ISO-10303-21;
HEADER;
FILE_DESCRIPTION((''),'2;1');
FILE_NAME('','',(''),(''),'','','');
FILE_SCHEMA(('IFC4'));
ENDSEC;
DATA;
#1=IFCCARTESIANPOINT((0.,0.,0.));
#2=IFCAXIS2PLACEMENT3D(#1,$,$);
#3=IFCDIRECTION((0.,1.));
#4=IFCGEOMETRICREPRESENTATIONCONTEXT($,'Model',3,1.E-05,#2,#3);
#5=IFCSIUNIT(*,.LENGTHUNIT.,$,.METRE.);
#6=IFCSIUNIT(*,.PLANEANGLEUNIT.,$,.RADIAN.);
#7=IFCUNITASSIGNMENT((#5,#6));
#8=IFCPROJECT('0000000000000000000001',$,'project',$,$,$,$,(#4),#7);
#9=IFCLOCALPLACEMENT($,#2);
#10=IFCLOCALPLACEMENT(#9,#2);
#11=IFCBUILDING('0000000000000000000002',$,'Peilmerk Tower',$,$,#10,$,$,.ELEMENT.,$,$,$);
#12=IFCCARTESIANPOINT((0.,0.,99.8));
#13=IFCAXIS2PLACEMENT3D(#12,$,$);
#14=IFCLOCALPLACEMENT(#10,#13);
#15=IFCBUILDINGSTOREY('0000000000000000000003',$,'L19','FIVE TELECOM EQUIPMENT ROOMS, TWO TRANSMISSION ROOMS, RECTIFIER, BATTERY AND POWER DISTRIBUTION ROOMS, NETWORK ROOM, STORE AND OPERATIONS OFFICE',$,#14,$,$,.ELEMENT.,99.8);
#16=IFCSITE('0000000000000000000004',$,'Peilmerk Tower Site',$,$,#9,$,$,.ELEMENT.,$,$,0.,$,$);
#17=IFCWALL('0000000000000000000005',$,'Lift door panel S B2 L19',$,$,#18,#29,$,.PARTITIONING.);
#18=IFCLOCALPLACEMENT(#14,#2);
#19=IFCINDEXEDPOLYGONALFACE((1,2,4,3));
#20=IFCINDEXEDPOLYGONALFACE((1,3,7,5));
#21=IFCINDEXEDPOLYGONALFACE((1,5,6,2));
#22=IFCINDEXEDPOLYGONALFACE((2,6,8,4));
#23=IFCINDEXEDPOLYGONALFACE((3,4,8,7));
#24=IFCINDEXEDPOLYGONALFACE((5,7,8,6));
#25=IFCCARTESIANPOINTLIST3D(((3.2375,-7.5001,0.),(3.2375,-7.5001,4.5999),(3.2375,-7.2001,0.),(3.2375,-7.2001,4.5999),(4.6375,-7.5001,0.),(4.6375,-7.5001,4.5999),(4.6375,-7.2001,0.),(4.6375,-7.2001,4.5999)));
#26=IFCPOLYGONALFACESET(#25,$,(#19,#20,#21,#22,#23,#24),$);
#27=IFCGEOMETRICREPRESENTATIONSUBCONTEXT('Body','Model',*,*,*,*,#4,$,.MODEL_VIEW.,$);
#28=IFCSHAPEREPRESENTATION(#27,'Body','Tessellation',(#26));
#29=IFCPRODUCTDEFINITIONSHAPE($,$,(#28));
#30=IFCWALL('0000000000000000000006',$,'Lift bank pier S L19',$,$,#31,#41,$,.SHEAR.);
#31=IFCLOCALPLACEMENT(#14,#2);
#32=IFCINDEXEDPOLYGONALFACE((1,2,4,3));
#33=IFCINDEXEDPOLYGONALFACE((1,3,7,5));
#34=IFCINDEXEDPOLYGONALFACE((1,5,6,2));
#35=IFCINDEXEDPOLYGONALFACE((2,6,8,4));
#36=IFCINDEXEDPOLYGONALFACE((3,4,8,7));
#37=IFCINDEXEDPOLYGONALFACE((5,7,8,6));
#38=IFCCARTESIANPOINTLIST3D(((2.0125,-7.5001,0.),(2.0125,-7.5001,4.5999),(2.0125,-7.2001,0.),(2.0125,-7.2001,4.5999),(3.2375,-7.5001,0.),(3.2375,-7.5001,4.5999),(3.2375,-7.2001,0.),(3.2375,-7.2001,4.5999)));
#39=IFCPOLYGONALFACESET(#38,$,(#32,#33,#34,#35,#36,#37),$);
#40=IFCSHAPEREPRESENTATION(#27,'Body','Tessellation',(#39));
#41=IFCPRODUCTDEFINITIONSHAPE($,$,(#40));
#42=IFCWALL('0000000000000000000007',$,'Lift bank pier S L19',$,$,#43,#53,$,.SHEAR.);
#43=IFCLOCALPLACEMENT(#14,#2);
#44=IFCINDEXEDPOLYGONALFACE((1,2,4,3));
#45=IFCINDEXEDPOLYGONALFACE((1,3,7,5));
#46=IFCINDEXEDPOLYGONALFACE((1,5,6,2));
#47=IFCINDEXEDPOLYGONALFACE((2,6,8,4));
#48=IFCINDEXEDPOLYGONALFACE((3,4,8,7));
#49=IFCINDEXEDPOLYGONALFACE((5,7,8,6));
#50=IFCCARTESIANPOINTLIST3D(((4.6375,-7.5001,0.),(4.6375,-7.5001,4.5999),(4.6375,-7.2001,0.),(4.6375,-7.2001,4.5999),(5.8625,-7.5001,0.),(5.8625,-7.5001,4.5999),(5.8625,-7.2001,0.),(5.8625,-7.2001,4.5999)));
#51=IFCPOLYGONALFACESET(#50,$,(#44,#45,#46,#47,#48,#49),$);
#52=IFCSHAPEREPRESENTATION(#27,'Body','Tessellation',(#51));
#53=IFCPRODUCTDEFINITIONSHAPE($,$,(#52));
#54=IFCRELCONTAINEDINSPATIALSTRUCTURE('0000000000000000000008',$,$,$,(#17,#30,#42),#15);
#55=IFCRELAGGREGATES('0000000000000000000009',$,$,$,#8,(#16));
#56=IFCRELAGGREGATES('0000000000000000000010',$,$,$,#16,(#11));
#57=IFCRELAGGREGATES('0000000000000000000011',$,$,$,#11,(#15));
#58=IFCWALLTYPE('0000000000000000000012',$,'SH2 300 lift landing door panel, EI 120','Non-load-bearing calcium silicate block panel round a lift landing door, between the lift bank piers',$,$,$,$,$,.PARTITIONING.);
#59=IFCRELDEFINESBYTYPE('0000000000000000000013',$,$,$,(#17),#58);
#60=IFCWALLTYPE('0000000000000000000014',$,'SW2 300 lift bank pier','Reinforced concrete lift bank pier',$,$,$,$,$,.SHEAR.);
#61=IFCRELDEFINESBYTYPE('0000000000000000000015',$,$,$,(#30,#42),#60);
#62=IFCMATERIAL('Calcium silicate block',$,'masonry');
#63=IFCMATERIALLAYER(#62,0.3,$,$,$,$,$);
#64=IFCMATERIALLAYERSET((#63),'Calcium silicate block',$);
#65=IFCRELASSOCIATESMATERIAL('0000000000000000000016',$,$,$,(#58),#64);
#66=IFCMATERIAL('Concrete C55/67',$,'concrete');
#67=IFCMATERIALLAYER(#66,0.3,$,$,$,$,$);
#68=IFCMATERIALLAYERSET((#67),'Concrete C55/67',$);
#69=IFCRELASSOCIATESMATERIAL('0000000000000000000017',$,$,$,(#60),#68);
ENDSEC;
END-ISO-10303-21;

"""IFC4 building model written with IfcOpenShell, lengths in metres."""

from ifc_helpers import new_model, si_unit, direction, frame, frame_2d, origin, place, context, subcontext, project, spatial, rectangle, extrude, material, layer, layer_set, type_object, element, save


model = new_model("IFC4")

# Units and contexts
model_context = context("Model", 3, precision=1e-05, world=origin(), true_north=direction((0.0, 1.0)))
body_context = subcontext(model_context, "Body", "Model", "MODEL_VIEW")
ifc_project = project(units=[si_unit("LENGTHUNIT", "METRE"), si_unit("PLANEANGLEUNIT", "RADIAN")], contexts=[model_context])

# Site, building, storey
site_placement = place(None, origin())
site = spatial("IfcSite", under=ifc_project, at=site_placement, Name="Peilmerk Tower Site", CompositionType="ELEMENT", RefElevation=0.0)
building_placement = place(site_placement, origin())
building = spatial("IfcBuilding", under=site, at=building_placement, Name="Peilmerk Tower", CompositionType="ELEMENT")
storey_placement = place(building_placement, frame((0.0, 0.0, 99.8)))
storey = spatial("IfcBuildingStorey", under=building, at=storey_placement, Name="L19", Description="FIVE TELECOM EQUIPMENT ROOMS, TWO TRANSMISSION ROOMS, RECTIFIER, BATTERY AND POWER DISTRIBUTION ROOMS, NETWORK ROOM, STORE AND OPERATIONS OFFICE", CompositionType="ELEMENT", Elevation=99.8)

# Shared definitions
ifc_material_1 = material(Name="Calcium silicate block", Category="masonry")

# Shared definitions
ifc_layer_1 = layer(ifc_material_1, 0.3)
ifc_layer_set_1 = layer_set([ifc_layer_1], Name="Calcium silicate block")
wall_type_1 = type_object("IfcWallType", Name="SH2 300 lift landing door panel, EI 120", Description="Non-load-bearing calcium silicate block panel round a lift landing door, between the lift bank piers", PredefinedType="PARTITIONING", material=ifc_layer_set_1)

# Walls
wall_1_placement = place(storey_placement, frame((3.2375, -7.3501, 0.0), z_axis=(0.0, 0.0, 1.0), x_axis=(1.0, 0.0, 0.0)))
element("IfcWall", 1, at=wall_1_placement, inside=storey, type_object=wall_type_1, Name="Lift door panel S B2 L19", PredefinedType="PARTITIONING", context=body_context, shape_type="SweptSolid", body=[
    extrude(rectangle(XDim=1.3999, YDim=0.3, at=frame_2d((0.7, 0.0))), origin(), (0.0, 0.0, 1.0), 4.5999),
])
ifc_material_2 = material(Name="Concrete C55/67", Category="concrete")
ifc_layer_2 = layer(ifc_material_2, 0.3)
ifc_layer_set_2 = layer_set([ifc_layer_2], Name="Concrete C55/67")
wall_type_2 = type_object("IfcWallType", Name="SW2 300 lift bank pier", Description="Reinforced concrete lift bank pier", PredefinedType="SHEAR", material=ifc_layer_set_2)
for number, where, z_axis, x_axis, name in (
    (2, (2.0125, -7.3501, 0.0), (0.0, 0.0, 1.0), (1.0, 0.0, 0.0), "Lift bank pier S L19"),
    (3, (4.6375, -7.3501, 0.0), (0.0, 0.0, 1.0), (1.0, 0.0, 0.0), "Lift bank pier S L19"),
):
    element("IfcWall", number, at=place(storey_placement, frame(where, z_axis=z_axis, x_axis=x_axis)), inside=storey, type_object=wall_type_2, Name=name, PredefinedType="SHEAR", context=body_context, shape_type="SweptSolid", body=[
        extrude(rectangle(XDim=1.2251, YDim=0.3, at=frame_2d((0.6125, 0.0))), origin(), (0.0, 0.0, 1.0), 4.5999),
    ])

save(model, "model.ifc")
